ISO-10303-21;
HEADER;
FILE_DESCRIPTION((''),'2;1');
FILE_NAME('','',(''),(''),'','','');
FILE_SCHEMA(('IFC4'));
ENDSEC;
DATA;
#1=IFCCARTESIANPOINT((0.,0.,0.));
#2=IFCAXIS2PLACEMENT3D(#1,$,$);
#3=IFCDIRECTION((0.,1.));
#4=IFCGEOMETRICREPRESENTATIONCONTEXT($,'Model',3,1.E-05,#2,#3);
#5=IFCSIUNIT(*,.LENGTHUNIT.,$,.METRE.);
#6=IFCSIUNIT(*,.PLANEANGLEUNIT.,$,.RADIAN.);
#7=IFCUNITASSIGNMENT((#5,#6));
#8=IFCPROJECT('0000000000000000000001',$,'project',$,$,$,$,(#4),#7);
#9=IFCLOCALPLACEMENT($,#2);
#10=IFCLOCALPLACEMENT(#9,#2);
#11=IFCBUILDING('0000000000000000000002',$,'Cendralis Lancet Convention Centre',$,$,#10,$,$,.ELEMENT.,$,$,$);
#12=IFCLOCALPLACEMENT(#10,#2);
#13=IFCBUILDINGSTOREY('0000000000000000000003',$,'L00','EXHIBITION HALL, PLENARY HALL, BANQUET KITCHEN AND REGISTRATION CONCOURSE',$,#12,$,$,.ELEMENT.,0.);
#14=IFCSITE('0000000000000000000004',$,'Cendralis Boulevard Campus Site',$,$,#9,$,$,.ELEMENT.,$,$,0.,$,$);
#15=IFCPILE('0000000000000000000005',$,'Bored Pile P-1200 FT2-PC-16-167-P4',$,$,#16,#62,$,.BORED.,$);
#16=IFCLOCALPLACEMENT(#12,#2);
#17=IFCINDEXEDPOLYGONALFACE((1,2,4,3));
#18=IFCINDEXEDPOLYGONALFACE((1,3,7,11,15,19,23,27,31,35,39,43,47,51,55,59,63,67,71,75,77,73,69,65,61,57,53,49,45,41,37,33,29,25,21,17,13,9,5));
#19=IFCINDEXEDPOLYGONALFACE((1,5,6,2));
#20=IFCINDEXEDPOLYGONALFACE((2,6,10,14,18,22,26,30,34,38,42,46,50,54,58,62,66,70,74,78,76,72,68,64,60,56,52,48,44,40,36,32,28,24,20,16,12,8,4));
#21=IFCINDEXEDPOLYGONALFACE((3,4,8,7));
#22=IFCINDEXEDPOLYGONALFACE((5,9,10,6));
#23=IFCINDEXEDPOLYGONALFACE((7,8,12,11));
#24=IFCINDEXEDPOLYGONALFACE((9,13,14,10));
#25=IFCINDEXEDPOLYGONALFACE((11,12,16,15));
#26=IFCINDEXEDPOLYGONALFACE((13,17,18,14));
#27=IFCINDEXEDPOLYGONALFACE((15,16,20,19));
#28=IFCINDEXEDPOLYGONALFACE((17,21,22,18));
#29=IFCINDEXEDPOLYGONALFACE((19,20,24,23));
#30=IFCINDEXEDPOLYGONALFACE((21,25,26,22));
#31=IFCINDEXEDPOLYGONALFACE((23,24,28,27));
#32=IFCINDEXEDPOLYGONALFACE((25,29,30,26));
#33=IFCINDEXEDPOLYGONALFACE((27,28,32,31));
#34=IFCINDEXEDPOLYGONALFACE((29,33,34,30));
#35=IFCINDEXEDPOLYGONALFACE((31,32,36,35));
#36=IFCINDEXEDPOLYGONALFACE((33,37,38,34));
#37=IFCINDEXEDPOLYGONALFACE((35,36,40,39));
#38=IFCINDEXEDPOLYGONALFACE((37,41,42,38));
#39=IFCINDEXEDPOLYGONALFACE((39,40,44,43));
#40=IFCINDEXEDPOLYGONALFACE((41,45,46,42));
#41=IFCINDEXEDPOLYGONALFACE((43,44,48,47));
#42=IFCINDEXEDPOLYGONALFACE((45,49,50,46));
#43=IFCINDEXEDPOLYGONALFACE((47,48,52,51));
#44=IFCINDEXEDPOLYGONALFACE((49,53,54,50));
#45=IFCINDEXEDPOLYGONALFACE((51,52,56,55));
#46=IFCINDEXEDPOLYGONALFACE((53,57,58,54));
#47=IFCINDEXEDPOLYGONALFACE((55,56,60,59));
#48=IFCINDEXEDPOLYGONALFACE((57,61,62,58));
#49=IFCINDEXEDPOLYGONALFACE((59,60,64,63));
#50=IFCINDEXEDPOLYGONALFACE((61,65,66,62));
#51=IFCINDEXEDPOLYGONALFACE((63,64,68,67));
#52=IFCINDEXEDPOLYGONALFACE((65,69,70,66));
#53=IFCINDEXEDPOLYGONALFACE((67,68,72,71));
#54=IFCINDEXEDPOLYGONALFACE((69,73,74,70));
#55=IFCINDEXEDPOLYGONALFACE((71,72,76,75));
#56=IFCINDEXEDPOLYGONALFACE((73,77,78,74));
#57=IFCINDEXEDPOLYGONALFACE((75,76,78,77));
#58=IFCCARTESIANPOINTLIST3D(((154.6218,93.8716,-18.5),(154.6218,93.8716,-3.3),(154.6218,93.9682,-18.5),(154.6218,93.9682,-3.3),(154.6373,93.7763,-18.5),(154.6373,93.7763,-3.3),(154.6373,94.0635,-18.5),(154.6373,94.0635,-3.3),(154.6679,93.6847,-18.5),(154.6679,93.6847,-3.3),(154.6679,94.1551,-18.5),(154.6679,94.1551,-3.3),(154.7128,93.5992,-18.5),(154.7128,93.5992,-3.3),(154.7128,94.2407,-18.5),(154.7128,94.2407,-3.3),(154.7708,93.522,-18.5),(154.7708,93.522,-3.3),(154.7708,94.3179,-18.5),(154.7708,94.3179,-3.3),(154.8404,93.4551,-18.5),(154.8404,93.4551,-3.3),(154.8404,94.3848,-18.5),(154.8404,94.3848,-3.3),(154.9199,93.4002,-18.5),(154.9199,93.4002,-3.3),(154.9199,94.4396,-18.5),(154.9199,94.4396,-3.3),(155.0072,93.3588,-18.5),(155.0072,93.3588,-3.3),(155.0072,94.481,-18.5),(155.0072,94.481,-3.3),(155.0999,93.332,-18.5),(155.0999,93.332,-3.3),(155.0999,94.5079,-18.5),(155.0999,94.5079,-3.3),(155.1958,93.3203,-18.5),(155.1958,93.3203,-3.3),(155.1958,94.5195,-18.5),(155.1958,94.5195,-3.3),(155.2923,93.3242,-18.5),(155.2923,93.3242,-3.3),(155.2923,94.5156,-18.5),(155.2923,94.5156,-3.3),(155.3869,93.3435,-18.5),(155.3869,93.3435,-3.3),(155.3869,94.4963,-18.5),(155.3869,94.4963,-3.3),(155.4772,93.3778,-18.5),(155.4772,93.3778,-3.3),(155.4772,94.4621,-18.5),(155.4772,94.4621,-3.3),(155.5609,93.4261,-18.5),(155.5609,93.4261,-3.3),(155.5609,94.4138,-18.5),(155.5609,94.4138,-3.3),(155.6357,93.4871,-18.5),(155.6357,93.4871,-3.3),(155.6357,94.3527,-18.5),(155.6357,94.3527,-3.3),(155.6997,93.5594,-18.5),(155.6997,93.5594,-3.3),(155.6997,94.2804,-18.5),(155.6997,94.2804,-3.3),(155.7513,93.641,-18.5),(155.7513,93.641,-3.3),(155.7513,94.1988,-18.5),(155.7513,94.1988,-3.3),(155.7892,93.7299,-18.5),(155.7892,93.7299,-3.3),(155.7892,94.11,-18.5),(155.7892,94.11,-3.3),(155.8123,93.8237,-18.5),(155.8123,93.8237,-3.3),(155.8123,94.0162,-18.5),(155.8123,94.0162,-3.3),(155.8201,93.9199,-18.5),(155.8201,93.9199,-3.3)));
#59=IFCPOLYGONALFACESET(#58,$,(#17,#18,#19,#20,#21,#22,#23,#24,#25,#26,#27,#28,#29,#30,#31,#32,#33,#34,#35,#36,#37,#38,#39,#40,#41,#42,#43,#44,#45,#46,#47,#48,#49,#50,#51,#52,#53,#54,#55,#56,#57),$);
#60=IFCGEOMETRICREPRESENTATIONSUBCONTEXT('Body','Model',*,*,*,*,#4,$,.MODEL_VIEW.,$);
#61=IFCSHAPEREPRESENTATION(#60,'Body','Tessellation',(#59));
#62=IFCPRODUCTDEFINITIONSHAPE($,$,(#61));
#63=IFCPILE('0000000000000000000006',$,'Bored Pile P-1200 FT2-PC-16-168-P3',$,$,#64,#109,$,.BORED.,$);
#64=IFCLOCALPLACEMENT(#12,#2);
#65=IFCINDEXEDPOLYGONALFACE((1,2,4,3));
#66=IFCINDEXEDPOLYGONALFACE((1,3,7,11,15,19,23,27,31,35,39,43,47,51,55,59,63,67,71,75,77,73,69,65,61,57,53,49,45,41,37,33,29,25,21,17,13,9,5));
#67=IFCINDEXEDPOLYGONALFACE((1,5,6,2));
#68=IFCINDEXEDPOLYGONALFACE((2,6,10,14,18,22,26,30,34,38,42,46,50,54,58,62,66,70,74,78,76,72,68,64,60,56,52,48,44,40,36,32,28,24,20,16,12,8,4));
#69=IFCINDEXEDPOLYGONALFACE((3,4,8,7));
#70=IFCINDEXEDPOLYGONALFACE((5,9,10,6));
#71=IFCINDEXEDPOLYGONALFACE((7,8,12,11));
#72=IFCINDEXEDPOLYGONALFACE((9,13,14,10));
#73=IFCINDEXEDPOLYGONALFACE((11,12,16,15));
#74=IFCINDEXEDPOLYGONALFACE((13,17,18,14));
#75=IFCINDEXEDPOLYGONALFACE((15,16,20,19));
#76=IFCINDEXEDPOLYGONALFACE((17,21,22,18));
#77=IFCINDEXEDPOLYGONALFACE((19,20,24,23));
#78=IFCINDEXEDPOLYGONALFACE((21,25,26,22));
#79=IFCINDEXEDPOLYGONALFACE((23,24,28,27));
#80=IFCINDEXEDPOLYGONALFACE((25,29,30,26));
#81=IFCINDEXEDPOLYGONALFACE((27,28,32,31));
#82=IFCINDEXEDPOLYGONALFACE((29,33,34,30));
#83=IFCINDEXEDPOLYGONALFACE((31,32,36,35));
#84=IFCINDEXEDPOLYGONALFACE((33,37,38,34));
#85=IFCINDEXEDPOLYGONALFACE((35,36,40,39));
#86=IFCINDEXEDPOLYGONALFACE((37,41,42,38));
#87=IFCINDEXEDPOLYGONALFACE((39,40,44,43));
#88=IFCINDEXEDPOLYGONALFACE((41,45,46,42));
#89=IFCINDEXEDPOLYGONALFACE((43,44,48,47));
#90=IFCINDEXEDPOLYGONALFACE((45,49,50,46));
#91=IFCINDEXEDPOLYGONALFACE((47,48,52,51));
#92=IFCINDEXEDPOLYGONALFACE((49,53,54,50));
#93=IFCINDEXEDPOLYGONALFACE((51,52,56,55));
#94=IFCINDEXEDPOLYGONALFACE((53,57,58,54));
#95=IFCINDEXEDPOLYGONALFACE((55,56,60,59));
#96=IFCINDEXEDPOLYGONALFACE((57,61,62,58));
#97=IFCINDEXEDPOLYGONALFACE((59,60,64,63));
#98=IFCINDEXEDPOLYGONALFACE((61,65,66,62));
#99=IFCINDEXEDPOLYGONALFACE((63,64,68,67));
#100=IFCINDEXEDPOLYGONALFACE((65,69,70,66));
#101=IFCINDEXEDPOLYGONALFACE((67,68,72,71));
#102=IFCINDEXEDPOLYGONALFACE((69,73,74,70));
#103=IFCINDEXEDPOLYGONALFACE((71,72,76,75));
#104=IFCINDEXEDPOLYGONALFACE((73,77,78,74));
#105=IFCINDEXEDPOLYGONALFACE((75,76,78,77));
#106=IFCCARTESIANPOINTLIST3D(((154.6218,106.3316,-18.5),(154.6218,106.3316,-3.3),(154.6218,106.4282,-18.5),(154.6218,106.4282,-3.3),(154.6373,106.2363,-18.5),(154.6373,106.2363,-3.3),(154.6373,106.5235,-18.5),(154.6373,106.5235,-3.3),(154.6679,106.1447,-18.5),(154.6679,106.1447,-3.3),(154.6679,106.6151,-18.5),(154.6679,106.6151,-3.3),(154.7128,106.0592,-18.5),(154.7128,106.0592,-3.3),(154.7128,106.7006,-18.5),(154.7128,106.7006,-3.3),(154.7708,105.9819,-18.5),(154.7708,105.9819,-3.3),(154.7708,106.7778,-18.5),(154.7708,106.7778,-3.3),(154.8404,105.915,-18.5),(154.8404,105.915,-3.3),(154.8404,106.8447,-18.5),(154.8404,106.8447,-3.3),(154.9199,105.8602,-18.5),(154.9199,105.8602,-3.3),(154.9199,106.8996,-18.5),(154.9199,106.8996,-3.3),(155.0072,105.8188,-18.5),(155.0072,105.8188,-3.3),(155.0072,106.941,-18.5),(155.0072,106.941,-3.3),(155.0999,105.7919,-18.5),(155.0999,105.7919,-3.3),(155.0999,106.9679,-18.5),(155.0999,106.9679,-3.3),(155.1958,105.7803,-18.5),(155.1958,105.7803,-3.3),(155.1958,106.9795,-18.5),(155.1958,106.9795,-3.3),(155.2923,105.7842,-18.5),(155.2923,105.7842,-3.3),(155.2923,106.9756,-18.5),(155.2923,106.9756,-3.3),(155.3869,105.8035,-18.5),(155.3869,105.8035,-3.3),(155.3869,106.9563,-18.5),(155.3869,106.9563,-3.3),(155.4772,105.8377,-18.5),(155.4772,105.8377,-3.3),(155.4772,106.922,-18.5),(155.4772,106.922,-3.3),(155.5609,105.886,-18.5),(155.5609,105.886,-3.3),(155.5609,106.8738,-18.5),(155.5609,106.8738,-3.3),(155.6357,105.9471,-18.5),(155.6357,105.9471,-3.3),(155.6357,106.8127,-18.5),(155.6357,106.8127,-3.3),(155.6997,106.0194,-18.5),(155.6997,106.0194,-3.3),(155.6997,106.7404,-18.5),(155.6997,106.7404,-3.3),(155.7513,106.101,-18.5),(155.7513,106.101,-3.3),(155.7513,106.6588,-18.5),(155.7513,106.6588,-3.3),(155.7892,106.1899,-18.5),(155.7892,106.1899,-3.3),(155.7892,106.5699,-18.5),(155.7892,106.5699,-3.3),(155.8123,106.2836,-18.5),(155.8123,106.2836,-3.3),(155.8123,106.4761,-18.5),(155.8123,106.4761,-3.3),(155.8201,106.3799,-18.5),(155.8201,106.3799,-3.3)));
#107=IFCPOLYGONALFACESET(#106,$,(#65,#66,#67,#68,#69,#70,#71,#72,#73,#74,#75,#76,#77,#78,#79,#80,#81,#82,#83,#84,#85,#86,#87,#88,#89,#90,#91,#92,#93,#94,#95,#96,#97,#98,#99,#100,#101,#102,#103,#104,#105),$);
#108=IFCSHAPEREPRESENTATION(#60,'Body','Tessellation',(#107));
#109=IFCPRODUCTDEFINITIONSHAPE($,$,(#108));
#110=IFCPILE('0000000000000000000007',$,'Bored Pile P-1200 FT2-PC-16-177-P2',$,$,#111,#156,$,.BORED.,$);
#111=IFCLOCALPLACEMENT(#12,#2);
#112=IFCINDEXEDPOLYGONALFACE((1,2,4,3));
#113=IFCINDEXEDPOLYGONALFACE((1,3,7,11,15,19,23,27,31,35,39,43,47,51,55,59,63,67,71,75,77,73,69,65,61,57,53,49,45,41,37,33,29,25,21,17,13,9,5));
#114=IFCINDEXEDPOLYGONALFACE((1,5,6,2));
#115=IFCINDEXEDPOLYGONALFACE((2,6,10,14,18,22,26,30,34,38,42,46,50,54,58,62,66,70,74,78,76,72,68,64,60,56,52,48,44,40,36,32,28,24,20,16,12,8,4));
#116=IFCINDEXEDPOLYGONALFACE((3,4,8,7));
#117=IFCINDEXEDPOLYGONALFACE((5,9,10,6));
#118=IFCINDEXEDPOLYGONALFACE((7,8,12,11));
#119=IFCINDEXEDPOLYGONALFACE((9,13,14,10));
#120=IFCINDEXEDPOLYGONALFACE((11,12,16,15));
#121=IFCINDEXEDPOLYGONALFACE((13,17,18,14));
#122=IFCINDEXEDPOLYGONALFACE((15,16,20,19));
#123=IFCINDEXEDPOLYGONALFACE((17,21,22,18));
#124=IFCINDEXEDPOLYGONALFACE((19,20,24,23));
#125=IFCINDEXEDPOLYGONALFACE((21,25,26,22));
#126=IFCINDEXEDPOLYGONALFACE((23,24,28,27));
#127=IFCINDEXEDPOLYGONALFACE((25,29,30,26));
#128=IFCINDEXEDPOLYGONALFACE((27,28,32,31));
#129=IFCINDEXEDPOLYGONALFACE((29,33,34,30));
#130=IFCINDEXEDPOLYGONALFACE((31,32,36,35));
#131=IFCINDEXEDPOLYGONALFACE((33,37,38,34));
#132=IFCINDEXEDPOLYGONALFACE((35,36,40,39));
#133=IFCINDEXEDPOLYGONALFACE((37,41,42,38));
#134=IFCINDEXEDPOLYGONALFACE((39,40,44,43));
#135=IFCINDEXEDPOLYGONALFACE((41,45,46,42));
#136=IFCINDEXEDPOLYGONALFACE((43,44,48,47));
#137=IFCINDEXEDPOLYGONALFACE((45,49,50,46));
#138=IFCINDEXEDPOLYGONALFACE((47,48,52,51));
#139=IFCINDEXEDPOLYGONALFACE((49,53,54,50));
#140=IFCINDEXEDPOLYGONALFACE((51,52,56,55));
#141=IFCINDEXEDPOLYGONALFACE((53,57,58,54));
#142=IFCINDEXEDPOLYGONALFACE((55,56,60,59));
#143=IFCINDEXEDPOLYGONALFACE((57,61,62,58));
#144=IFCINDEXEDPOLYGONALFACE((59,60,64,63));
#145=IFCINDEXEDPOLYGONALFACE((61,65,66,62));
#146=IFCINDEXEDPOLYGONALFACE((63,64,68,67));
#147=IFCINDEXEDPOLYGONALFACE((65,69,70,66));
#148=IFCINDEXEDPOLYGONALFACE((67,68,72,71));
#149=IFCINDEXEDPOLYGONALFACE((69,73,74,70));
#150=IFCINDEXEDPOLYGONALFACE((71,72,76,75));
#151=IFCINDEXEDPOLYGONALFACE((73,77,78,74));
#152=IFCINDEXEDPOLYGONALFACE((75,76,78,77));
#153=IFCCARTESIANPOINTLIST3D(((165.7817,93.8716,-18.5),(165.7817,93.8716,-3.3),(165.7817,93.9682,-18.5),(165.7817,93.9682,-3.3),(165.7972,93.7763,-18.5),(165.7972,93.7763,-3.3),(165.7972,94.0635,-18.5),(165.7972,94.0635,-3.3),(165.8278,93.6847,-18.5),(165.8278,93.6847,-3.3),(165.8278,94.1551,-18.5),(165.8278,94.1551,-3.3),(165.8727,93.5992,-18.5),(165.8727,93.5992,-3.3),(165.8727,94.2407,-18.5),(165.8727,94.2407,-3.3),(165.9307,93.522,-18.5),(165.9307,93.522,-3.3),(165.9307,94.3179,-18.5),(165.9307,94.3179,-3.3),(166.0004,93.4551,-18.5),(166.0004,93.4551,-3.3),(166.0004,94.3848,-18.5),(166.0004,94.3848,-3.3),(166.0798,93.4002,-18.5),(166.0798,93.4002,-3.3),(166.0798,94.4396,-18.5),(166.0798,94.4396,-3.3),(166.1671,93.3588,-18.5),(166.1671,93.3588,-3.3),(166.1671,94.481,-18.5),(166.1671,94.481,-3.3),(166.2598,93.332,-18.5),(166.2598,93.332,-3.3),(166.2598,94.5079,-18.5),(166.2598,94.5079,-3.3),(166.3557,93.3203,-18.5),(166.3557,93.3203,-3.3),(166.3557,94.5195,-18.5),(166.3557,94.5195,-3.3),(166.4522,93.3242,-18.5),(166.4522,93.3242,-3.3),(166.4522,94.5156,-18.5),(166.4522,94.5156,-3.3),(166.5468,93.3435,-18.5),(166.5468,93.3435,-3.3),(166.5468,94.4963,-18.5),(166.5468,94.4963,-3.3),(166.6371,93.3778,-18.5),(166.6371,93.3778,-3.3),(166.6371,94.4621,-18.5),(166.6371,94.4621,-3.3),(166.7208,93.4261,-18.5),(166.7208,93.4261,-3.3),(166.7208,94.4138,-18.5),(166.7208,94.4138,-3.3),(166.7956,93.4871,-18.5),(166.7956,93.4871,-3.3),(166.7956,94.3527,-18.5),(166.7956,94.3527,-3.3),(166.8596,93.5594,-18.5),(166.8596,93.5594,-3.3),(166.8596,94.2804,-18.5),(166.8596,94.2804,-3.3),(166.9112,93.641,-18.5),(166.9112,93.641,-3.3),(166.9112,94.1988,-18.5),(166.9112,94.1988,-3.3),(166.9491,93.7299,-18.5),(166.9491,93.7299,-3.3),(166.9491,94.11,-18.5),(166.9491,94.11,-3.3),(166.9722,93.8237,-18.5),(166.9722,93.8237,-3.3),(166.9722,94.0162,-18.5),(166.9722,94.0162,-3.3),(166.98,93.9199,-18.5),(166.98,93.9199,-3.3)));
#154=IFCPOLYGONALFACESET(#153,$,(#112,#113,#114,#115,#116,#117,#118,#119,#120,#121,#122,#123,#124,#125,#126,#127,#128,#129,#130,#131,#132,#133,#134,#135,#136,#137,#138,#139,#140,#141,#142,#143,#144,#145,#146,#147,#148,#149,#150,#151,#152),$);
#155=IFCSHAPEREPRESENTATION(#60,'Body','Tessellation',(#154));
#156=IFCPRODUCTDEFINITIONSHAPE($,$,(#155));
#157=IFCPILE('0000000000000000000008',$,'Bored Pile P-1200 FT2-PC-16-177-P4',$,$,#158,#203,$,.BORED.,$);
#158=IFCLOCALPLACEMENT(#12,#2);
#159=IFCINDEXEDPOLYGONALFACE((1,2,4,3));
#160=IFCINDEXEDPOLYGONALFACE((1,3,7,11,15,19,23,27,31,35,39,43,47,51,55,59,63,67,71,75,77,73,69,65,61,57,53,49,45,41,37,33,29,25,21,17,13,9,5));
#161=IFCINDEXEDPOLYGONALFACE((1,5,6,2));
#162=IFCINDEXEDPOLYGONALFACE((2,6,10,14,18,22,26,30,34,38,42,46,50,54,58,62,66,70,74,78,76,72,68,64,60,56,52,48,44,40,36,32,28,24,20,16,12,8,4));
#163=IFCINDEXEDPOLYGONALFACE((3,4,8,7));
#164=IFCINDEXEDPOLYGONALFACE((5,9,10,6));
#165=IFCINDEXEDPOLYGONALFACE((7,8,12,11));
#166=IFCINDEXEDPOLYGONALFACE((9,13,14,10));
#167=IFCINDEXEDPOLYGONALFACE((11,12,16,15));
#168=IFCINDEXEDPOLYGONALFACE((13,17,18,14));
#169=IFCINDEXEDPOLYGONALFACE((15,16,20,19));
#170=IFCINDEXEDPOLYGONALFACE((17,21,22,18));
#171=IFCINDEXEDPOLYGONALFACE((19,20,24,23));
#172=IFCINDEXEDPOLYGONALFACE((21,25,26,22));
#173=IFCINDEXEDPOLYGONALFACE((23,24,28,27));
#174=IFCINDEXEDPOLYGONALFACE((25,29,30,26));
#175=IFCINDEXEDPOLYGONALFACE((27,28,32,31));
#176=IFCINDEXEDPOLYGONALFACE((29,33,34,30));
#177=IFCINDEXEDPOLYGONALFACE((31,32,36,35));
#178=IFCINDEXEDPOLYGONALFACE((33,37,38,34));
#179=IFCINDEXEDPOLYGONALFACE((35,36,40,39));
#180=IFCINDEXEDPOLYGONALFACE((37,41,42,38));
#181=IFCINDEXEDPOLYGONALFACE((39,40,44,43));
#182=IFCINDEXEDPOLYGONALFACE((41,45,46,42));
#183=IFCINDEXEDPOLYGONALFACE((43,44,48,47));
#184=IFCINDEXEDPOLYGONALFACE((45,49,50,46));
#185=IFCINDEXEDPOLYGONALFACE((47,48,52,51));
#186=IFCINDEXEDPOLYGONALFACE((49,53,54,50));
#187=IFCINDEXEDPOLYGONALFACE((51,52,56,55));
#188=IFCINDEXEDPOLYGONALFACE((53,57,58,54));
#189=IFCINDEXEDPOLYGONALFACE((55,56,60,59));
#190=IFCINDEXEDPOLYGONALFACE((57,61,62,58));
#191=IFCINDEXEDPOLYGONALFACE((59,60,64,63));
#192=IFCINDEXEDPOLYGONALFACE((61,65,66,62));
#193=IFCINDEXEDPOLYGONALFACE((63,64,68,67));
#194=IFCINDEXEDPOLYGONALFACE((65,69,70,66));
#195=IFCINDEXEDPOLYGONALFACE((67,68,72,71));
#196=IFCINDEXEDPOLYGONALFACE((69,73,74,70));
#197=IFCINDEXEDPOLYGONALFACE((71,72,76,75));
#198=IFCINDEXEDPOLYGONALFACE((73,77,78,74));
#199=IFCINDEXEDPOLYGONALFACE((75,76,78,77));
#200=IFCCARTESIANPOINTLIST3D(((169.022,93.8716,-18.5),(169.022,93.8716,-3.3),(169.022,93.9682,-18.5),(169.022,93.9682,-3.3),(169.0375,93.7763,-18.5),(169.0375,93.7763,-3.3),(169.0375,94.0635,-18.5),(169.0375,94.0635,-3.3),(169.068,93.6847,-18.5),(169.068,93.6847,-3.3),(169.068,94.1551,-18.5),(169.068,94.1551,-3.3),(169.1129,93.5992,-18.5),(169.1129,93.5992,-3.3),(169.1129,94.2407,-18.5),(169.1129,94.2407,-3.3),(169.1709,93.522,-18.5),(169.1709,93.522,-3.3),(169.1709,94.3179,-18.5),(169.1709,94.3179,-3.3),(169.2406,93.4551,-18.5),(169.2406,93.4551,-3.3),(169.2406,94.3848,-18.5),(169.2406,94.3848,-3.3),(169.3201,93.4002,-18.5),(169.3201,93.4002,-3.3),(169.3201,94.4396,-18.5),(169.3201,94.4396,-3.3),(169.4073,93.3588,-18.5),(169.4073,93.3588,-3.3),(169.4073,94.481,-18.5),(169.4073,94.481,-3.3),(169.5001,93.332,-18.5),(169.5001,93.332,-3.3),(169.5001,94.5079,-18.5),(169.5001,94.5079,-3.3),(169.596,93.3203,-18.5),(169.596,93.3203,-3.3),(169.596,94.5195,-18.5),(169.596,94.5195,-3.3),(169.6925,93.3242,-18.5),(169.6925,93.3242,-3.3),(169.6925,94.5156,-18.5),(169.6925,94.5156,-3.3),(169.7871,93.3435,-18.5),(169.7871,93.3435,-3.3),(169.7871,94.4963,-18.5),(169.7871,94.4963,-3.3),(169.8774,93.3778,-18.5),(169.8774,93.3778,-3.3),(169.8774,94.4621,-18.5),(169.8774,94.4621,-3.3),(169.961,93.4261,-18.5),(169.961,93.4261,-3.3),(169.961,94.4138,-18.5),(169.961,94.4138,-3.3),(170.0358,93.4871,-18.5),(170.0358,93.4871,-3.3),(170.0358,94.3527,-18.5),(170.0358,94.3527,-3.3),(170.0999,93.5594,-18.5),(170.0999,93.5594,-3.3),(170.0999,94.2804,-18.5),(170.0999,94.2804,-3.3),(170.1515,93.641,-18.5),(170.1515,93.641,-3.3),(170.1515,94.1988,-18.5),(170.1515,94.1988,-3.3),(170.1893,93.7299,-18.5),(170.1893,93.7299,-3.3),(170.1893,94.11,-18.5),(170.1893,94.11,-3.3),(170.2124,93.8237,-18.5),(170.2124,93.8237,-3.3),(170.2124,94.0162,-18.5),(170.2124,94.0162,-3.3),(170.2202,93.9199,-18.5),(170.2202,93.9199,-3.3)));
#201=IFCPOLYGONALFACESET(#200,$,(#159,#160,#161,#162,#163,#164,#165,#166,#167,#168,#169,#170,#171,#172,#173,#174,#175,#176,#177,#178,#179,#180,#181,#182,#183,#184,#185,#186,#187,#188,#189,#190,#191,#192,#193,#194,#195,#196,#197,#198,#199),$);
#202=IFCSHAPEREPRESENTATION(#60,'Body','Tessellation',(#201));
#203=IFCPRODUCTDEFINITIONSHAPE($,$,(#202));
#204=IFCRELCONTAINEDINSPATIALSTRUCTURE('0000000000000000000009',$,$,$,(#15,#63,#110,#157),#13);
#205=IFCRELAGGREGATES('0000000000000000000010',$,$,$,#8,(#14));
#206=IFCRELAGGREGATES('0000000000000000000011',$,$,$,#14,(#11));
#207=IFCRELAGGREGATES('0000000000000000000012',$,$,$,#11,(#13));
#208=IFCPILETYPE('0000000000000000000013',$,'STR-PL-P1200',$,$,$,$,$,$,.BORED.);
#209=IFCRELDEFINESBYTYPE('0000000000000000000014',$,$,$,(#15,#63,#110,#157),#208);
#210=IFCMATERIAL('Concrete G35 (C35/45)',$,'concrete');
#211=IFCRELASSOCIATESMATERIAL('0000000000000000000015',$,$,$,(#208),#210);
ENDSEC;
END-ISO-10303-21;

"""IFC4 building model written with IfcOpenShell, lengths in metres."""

from ifc_helpers import new_model, si_unit, direction, frame, origin, origin_2d, place, context, subcontext, project, spatial, circle, extrude, material, material_profile, profile_set, type_object, element, save


model = new_model("IFC4")

# Units and contexts
model_context = context("Model", 3, precision=1e-05, world=origin(), true_north=direction((0.0, 1.0)))
body_context = subcontext(model_context, "Body", "Model", "MODEL_VIEW")
ifc_project = project(units=[si_unit("LENGTHUNIT", "METRE"), si_unit("PLANEANGLEUNIT", "RADIAN")], contexts=[model_context])

# Site, building, storey
site_placement = place(None, origin())
site = spatial("IfcSite", under=ifc_project, at=site_placement, Name="Cendralis Boulevard Campus Site", CompositionType="ELEMENT", RefElevation=0.0)
building_placement = place(site_placement, origin())
building = spatial("IfcBuilding", under=site, at=building_placement, Name="Cendralis Lancet Convention Centre", CompositionType="ELEMENT")
storey_placement = place(building_placement, origin())
storey = spatial("IfcBuildingStorey", under=building, at=storey_placement, Name="L00", Description="EXHIBITION HALL, PLENARY HALL, BANQUET KITCHEN AND REGISTRATION CONCOURSE", CompositionType="ELEMENT", Elevation=0.0)

# Shared definitions
ifc_material_1 = material(Name="Concrete G35 (C35/45)", Category="concrete")

# Piles
ifc_material_profile_1 = material_profile(ifc_material_1, circle(Radius=0.6001, at=origin_2d()), Name="BORED PILE D1200")
ifc_profile_set_1 = profile_set([ifc_material_profile_1], Name="Concrete G35 (C35/45)")
pile_type_1 = type_object("IfcPileType", Name="STR-PL-P1200", PredefinedType="BORED", material=ifc_profile_set_1)
for number, where, z_axis, x_axis, name in (
    (1, (155.22, 93.9199, -3.3), (0.0, 0.0, -1.0), (1.0, 0.0, 0.0), "Bored Pile P-1200 FT2-PC-16-167-P4"),
    (2, (155.22, 106.3799, -3.3), (0.0, 0.0, -1.0), (1.0, 0.0, 0.0), "Bored Pile P-1200 FT2-PC-16-168-P3"),
    (3, (166.3799, 93.9199, -3.3), (0.0, 0.0, -1.0), (1.0, 0.0, 0.0), "Bored Pile P-1200 FT2-PC-16-177-P2"),
    (4, (169.6201, 93.9199, -3.3), (0.0, 0.0, -1.0), (1.0, 0.0, 0.0), "Bored Pile P-1200 FT2-PC-16-177-P4"),
):
    element("IfcPile", number, at=place(storey_placement, frame(where, z_axis=z_axis, x_axis=x_axis)), inside=storey, type_object=pile_type_1, Name=name, PredefinedType="BORED", context=body_context, shape_type="SweptSolid", body=[
        extrude(circle(Radius=0.6001, at=origin_2d()), origin(), (0.0, 0.0, 1.0), 15.2),
    ])

save(model, "model.ifc")
